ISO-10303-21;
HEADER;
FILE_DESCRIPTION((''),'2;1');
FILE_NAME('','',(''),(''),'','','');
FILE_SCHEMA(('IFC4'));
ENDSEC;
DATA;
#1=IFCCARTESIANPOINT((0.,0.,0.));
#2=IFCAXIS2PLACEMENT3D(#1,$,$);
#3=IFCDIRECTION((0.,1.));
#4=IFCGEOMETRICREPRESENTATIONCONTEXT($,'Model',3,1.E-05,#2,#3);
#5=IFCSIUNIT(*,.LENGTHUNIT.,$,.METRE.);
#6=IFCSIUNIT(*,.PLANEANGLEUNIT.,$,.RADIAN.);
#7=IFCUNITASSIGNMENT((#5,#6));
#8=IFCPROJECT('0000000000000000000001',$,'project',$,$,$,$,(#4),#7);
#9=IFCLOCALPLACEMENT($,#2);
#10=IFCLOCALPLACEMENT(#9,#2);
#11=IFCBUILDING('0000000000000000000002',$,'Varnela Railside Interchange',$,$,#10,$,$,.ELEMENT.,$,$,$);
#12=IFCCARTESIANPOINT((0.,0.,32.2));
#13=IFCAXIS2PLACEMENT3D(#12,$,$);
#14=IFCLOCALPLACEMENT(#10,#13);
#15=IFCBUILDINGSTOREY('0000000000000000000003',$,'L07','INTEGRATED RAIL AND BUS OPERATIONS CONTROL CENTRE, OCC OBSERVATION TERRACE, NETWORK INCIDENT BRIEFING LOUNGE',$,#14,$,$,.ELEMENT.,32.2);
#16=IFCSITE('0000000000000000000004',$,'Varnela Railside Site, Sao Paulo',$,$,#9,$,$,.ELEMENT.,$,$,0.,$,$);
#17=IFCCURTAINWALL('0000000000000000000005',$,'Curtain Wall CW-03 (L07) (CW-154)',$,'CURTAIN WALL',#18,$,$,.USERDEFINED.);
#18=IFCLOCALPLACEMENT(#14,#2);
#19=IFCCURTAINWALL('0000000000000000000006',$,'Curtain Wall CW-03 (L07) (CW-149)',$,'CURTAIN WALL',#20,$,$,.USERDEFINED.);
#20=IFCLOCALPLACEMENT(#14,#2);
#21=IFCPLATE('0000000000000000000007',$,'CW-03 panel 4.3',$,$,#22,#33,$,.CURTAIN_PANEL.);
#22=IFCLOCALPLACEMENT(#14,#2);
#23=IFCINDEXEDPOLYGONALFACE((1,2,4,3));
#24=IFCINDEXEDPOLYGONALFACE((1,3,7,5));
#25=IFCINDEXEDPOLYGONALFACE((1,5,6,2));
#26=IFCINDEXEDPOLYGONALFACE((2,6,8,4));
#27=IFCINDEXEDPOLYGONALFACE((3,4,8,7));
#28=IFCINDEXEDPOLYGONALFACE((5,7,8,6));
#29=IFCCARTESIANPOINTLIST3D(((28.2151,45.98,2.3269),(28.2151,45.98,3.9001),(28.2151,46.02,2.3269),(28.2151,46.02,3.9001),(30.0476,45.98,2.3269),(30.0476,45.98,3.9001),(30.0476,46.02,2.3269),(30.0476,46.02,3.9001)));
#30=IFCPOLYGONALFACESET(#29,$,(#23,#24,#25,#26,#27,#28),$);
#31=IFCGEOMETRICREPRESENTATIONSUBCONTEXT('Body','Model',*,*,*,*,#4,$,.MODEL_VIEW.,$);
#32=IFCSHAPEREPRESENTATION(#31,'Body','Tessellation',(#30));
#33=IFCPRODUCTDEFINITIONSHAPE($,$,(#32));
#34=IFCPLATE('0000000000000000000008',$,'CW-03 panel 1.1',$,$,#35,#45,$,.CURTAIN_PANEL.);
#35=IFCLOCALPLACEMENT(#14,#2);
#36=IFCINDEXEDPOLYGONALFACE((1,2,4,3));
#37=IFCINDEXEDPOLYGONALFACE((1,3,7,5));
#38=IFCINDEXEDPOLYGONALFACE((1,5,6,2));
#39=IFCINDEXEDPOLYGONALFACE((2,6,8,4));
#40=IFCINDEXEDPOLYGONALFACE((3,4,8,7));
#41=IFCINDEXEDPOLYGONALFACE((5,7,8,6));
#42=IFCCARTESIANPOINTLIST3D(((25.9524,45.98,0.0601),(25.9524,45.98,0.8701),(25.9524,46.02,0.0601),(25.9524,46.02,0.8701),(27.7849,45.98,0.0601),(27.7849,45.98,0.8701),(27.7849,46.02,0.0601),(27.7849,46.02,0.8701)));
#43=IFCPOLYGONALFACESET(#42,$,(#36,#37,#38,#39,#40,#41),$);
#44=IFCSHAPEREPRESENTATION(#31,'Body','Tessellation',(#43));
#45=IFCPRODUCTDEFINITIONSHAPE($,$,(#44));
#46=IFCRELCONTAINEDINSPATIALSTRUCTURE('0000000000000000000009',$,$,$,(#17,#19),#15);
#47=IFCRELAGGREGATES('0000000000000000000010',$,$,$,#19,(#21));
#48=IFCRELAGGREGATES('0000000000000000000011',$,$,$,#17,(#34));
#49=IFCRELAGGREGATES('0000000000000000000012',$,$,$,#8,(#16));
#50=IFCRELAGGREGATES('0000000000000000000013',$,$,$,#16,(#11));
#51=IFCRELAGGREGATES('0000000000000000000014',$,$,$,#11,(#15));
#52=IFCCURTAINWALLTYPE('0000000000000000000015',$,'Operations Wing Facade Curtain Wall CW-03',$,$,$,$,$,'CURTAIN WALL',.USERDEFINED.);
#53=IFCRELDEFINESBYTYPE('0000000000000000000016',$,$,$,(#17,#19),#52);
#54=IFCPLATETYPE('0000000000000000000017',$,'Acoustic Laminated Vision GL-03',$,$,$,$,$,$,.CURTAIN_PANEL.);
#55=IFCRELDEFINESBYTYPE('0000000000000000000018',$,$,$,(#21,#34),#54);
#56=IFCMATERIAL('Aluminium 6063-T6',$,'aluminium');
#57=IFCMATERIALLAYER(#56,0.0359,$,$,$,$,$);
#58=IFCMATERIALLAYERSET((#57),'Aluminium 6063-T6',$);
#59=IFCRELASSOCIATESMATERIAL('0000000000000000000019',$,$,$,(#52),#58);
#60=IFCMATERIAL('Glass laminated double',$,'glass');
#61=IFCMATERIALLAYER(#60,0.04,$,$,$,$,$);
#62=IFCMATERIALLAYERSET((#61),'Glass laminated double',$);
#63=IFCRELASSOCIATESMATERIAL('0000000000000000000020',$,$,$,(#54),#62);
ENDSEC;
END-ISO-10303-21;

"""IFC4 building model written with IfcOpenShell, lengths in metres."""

from ifc_helpers import new_model, si_unit, direction, frame, origin, origin_2d, place, context, subcontext, project, spatial, rectangle, extrude, material, layer, layer_set, type_object, element, aggregate, save


model = new_model("IFC4")

# Units and contexts
model_context = context("Model", 3, precision=1e-05, world=origin(), true_north=direction((0.0, 1.0)))
body_context = subcontext(model_context, "Body", "Model", "MODEL_VIEW")
ifc_project = project(units=[si_unit("LENGTHUNIT", "METRE"), si_unit("PLANEANGLEUNIT", "RADIAN")], contexts=[model_context])

# Site, building, storey
site_placement = place(None, origin())
site = spatial("IfcSite", under=ifc_project, at=site_placement, Name="Varnela Railside Site, Sao Paulo", CompositionType="ELEMENT", RefElevation=0.0)
building_placement = place(site_placement, origin())
building = spatial("IfcBuilding", under=site, at=building_placement, Name="Varnela Railside Interchange", CompositionType="ELEMENT")
storey_placement = place(building_placement, frame((0.0, 0.0, 32.2)))
storey = spatial("IfcBuildingStorey", under=building, at=storey_placement, Name="L07", Description="INTEGRATED RAIL AND BUS OPERATIONS CONTROL CENTRE, OCC OBSERVATION TERRACE, NETWORK INCIDENT BRIEFING LOUNGE", CompositionType="ELEMENT", Elevation=32.2)

# Curtain walls
ifc_material_1 = material(Name="Aluminium 6063-T6", Category="aluminium")
ifc_layer_1 = layer(ifc_material_1, 0.0359)
ifc_layer_set_1 = layer_set([ifc_layer_1], Name="Aluminium 6063-T6")
curtain_wall_type = type_object("IfcCurtainWallType", Name="Operations Wing Facade Curtain Wall CW-03", ElementType="CURTAIN WALL", PredefinedType="USERDEFINED", material=ifc_layer_set_1)
curtain_wall_1_placement = place(storey_placement, origin())
curtain_wall_1 = element("IfcCurtainWall", 1, at=curtain_wall_1_placement, inside=storey, type_object=curtain_wall_type, Name="Curtain Wall CW-03 (L07) (CW-154)", ObjectType="CURTAIN WALL", PredefinedType="USERDEFINED")
curtain_wall_2_placement = place(storey_placement, origin())
curtain_wall_2 = element("IfcCurtainWall", 2, at=curtain_wall_2_placement, inside=storey, type_object=curtain_wall_type, Name="Curtain Wall CW-03 (L07) (CW-149)", ObjectType="CURTAIN WALL", PredefinedType="USERDEFINED")

# Plates
ifc_material_2 = material(Name="Glass laminated double", Category="glass")
ifc_layer_2 = layer(ifc_material_2, 0.04)
ifc_layer_set_2 = layer_set([ifc_layer_2], Name="Glass laminated double")
plate_type = type_object("IfcPlateType", Name="Acoustic Laminated Vision GL-03", PredefinedType="CURTAIN_PANEL", material=ifc_layer_set_2)
plate_1_placement = place(storey_placement, frame((29.1313, 46.0, 2.3269), z_axis=(0.0, 0.0, 1.0), x_axis=(-1.0, 0.0, 0.0)))
plate_1 = element("IfcPlate", 3, at=plate_1_placement, type_object=plate_type, Name="CW-03 panel 4.3", PredefinedType="CURTAIN_PANEL", context=body_context, shape_type="SweptSolid", body=[
    extrude(rectangle(XDim=1.8325, YDim=0.04, at=origin_2d()), origin(), (0.0, 0.0, 1.0), 1.5732),
])
aggregate(curtain_wall_2, [plate_1])
plate_2_placement = place(storey_placement, frame((26.8687, 46.0, 0.0601), z_axis=(0.0, 0.0, 1.0), x_axis=(-1.0, 0.0, 0.0)))
plate_2 = element("IfcPlate", 4, at=plate_2_placement, type_object=plate_type, Name="CW-03 panel 1.1", PredefinedType="CURTAIN_PANEL", context=body_context, shape_type="SweptSolid", body=[
    extrude(rectangle(XDim=1.8325, YDim=0.04, at=origin_2d()), origin(), (0.0, 0.0, 1.0), 0.8101),
])
aggregate(curtain_wall_1, [plate_2])

save(model, "model.ifc")
